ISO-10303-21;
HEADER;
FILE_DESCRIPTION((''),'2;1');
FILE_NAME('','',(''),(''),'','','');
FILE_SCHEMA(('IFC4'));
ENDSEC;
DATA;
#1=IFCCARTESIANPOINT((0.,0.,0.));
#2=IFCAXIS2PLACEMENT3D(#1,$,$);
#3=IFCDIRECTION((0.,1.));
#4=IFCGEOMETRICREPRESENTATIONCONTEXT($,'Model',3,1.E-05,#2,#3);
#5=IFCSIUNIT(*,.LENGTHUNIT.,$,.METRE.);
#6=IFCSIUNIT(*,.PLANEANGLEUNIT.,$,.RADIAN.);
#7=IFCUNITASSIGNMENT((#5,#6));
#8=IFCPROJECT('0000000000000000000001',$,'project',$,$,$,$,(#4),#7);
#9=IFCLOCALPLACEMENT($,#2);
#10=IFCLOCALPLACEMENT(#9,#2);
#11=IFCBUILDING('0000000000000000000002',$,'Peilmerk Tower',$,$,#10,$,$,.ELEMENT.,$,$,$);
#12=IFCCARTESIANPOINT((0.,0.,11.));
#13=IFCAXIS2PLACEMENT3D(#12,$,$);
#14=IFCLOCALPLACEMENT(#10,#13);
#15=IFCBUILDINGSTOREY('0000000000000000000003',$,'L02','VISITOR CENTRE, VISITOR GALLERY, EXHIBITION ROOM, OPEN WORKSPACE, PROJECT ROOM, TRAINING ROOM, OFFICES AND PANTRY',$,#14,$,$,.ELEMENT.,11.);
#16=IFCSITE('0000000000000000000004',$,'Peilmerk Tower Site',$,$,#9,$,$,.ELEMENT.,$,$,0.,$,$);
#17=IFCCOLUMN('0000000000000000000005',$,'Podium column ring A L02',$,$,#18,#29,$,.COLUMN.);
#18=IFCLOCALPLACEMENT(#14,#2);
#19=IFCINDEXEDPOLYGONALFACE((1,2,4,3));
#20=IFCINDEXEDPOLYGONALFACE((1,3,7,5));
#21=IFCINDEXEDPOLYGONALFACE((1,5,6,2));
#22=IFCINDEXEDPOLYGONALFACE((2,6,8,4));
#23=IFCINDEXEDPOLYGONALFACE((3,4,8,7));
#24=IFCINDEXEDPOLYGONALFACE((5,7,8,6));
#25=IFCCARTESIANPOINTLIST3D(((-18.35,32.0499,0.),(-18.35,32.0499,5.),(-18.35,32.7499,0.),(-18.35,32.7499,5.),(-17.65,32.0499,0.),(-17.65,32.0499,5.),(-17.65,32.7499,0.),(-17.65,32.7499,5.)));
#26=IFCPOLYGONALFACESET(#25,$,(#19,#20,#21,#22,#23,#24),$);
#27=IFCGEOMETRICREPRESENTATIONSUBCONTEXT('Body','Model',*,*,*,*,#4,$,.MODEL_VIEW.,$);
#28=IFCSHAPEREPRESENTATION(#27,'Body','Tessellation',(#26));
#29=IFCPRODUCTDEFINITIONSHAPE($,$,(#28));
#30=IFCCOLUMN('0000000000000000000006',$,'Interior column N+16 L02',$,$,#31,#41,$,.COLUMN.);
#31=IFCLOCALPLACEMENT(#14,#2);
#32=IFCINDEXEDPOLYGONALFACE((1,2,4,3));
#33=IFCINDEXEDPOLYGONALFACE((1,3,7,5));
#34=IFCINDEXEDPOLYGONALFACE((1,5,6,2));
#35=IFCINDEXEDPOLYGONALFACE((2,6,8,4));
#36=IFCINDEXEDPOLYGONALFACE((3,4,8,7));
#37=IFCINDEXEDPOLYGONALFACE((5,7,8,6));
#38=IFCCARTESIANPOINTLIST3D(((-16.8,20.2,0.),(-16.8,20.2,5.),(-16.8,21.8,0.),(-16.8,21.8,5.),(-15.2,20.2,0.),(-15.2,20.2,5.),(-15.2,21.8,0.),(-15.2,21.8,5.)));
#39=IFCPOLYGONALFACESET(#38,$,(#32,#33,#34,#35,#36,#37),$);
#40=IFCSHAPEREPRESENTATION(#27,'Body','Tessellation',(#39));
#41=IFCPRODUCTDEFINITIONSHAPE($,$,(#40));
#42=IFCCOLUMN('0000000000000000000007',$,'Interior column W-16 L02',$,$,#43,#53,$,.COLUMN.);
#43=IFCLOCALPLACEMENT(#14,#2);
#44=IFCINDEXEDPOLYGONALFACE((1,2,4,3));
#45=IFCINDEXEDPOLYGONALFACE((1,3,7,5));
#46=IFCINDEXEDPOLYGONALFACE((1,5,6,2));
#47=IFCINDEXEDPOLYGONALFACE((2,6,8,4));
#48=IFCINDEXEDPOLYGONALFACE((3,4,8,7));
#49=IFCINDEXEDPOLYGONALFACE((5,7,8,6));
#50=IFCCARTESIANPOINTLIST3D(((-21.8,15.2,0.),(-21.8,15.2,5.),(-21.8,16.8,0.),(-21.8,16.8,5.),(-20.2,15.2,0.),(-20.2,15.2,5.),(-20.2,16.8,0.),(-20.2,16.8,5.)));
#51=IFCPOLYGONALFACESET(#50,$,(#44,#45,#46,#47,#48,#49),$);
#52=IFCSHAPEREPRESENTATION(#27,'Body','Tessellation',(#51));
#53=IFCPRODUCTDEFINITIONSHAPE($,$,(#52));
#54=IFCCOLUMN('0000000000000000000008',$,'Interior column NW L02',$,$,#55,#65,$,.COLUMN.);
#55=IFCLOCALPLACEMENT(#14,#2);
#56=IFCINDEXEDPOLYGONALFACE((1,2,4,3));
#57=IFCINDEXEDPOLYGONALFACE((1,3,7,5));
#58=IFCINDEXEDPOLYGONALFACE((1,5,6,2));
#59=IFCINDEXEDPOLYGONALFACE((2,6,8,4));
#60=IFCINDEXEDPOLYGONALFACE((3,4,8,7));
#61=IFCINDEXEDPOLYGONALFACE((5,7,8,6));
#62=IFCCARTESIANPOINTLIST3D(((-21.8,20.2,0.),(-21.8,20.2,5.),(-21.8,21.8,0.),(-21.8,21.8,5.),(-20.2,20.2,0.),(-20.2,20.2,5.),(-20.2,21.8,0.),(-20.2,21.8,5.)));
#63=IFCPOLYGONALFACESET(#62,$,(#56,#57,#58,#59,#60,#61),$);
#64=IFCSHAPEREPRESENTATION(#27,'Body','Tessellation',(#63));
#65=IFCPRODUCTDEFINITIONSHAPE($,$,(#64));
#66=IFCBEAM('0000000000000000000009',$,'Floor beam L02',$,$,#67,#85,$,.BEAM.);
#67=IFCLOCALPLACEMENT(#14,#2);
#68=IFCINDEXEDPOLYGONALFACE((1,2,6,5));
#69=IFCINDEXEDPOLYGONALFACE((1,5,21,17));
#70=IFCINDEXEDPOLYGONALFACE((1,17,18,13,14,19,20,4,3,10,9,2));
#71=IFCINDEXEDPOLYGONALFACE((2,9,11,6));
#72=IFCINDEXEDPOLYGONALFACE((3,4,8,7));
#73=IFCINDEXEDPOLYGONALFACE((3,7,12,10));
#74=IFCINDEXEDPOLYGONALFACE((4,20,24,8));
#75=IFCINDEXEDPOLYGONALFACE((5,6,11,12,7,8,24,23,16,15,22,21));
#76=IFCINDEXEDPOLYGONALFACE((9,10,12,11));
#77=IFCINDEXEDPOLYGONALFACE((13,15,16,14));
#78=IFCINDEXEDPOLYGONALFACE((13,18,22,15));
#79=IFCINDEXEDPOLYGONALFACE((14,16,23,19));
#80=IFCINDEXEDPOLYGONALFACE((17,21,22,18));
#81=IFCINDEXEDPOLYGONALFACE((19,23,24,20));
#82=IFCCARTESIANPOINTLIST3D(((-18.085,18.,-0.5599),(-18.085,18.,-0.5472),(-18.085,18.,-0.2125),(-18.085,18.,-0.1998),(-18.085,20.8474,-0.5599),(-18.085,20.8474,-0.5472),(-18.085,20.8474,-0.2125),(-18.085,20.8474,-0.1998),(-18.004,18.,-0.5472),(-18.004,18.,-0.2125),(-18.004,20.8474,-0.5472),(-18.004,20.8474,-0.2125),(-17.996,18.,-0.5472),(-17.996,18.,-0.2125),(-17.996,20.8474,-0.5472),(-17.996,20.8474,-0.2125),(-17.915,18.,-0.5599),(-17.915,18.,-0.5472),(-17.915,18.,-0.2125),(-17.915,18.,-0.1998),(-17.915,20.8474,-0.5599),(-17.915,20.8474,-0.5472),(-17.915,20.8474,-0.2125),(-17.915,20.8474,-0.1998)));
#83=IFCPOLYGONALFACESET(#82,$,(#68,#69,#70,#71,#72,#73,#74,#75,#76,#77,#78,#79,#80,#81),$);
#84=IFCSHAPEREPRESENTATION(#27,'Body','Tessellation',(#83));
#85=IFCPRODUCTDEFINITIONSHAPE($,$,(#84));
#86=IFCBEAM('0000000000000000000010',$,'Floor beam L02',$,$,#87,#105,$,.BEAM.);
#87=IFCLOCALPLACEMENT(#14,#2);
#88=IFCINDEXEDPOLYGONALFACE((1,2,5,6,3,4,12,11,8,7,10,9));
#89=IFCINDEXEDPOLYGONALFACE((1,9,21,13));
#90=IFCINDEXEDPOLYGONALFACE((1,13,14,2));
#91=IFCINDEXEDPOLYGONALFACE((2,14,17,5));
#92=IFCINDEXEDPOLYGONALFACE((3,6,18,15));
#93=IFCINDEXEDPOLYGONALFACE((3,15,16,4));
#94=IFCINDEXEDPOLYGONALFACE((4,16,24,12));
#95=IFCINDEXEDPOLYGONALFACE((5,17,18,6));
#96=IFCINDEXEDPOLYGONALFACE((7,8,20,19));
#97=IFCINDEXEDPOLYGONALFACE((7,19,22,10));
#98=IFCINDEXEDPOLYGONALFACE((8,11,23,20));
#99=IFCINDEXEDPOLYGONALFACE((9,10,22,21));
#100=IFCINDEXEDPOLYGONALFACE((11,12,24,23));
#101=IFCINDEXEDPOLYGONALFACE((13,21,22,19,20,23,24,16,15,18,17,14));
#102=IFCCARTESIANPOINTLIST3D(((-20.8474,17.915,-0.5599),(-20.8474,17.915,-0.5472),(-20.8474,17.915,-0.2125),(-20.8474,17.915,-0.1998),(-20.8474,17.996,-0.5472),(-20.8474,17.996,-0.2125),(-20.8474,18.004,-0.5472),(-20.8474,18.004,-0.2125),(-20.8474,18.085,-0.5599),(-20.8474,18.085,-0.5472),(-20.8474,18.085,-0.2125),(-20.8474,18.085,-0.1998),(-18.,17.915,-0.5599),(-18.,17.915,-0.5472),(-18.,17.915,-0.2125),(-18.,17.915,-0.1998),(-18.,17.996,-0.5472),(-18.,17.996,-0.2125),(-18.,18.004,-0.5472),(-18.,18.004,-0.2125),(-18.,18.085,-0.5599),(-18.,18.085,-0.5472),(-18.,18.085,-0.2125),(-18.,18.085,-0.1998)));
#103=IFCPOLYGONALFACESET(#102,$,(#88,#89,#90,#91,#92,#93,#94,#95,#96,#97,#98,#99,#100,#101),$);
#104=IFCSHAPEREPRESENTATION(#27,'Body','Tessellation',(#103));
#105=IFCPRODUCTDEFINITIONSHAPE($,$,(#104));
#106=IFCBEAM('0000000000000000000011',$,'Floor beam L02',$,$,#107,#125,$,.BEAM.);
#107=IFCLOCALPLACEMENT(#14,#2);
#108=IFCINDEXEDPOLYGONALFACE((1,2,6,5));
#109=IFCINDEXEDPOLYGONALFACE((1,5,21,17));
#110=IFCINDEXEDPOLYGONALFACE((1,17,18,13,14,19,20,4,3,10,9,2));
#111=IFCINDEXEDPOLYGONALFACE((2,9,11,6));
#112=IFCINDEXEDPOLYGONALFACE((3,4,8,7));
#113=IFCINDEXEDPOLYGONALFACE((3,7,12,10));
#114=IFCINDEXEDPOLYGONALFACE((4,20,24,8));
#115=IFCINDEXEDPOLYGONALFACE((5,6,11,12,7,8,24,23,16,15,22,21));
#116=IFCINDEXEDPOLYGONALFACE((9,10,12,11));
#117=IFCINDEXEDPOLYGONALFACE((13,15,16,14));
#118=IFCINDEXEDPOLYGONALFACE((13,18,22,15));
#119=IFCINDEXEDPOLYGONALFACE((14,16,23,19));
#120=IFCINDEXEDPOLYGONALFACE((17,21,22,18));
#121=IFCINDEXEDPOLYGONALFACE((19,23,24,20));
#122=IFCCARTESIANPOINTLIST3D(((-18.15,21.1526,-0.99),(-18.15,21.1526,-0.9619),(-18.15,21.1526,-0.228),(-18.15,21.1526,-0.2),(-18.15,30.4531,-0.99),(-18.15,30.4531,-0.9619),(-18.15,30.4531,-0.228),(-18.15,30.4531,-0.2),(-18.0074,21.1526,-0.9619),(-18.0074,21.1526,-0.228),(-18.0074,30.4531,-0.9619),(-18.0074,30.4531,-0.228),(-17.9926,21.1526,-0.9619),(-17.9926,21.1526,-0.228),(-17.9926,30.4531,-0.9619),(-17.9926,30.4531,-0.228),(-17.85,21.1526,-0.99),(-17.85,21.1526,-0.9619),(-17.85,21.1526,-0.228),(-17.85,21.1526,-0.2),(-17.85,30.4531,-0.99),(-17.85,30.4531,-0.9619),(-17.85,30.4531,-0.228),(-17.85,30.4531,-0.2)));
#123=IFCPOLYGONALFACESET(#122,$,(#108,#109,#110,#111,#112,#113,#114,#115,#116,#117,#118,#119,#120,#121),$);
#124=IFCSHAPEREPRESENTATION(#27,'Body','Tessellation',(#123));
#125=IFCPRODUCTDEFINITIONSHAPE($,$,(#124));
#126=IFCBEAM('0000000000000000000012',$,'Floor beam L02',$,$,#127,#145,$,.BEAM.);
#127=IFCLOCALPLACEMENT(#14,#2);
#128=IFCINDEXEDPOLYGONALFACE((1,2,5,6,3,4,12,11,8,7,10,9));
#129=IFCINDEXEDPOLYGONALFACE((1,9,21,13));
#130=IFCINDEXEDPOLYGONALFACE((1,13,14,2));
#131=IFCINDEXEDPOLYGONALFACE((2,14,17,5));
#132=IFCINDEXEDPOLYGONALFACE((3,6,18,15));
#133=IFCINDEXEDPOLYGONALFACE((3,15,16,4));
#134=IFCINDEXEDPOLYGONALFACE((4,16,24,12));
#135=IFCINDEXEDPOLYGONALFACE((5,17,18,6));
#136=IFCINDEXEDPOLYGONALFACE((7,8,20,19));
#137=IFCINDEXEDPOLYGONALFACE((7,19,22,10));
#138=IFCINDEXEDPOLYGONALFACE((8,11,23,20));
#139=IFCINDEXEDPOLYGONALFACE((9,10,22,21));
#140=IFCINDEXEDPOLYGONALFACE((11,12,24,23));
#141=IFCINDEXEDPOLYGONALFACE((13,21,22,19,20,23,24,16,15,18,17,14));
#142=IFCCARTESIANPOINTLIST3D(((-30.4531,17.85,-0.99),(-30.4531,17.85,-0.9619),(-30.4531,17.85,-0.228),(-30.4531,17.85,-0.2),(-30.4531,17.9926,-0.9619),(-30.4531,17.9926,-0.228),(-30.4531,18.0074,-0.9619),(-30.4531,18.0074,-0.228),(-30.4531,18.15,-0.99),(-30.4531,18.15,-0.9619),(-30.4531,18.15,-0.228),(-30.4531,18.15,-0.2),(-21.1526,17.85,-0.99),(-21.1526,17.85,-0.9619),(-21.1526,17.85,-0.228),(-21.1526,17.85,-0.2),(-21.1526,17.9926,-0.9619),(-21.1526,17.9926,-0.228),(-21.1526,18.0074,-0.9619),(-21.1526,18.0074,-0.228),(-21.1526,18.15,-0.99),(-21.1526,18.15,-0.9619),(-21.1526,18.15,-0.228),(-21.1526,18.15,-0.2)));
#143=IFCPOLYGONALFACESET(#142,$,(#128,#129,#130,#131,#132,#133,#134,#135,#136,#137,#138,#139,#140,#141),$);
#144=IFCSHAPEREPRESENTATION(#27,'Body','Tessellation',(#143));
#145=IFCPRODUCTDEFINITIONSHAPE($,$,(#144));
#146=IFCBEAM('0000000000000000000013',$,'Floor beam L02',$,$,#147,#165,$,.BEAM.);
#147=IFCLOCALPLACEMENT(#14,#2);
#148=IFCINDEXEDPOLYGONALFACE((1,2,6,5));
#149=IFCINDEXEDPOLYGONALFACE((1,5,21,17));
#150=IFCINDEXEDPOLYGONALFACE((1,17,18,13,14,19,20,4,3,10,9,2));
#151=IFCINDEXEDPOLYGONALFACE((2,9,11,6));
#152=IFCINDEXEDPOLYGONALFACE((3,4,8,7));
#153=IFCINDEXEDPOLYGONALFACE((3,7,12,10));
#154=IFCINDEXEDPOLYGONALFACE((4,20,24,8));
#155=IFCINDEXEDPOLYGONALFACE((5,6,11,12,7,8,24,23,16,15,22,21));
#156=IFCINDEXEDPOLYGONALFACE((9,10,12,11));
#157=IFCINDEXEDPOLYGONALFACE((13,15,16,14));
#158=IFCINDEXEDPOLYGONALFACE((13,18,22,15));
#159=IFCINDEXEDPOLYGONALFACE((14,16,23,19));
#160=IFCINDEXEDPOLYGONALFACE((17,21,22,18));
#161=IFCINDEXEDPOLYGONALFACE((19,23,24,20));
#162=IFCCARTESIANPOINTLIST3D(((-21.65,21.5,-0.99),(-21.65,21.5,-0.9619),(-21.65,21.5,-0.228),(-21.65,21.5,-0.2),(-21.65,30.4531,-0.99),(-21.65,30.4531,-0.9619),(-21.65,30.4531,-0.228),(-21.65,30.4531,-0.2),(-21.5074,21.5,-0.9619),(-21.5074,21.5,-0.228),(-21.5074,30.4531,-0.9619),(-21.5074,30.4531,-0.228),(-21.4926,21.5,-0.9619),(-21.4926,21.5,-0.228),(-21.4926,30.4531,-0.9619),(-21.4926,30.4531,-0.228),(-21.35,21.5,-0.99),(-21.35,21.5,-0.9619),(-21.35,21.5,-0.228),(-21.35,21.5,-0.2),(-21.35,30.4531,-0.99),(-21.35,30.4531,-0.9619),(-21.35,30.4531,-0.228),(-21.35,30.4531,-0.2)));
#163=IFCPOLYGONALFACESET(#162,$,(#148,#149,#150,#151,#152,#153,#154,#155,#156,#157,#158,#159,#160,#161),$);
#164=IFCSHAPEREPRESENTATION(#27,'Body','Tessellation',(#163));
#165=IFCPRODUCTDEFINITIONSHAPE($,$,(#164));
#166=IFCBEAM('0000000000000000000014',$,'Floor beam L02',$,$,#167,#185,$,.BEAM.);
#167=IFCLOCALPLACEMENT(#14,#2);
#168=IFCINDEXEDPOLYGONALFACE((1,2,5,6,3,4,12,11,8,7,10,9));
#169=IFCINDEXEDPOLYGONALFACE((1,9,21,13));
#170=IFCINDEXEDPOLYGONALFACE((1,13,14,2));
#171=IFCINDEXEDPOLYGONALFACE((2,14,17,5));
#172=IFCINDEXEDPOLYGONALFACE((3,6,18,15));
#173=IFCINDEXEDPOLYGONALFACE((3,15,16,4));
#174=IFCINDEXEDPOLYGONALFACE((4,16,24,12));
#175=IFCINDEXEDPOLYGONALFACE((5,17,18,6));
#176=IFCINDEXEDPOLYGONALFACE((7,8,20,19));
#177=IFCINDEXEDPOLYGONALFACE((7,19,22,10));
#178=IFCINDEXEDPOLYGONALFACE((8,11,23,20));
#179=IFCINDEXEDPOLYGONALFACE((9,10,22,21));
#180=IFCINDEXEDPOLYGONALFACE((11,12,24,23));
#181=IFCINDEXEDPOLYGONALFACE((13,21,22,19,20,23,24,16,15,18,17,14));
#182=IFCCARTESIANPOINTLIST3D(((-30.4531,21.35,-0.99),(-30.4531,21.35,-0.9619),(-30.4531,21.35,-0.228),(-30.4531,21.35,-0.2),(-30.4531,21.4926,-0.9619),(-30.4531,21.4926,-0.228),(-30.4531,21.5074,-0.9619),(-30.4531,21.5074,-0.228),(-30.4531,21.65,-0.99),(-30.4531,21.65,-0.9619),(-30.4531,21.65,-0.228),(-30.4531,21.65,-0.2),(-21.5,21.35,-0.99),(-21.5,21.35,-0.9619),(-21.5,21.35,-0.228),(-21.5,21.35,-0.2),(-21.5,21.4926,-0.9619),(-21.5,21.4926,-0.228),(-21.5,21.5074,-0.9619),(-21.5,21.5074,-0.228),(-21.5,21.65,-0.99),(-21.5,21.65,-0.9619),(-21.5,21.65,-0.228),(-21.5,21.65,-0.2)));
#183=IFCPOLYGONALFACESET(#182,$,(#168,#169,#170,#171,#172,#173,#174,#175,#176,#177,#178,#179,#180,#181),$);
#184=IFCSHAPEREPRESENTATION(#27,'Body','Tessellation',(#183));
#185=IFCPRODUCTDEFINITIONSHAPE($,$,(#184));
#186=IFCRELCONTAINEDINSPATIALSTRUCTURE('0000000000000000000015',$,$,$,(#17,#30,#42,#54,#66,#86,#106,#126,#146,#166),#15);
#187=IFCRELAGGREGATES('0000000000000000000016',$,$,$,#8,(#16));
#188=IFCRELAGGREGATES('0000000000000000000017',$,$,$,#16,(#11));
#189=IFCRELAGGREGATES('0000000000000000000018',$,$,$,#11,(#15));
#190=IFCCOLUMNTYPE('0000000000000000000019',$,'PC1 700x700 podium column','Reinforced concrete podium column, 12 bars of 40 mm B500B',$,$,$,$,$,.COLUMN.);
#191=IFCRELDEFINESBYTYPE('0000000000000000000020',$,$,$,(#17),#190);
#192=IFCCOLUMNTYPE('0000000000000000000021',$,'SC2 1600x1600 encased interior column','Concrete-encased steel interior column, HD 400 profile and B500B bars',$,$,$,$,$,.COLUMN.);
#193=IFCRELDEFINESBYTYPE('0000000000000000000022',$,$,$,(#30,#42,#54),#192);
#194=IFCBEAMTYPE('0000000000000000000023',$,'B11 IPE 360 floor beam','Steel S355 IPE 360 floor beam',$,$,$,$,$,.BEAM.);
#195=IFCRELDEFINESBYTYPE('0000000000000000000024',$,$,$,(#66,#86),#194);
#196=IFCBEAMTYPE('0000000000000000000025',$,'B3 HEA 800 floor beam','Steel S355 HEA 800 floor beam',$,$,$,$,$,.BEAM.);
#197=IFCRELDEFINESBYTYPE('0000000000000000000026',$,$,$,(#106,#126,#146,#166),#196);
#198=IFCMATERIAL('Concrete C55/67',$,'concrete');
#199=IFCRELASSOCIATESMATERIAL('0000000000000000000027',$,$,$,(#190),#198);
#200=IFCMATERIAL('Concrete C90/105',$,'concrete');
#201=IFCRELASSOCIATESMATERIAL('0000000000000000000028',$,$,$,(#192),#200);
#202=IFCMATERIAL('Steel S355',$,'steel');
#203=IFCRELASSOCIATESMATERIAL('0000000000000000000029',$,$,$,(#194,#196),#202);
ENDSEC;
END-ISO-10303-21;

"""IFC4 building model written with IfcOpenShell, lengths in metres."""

from ifc_helpers import new_model, si_unit, direction, frame, origin, origin_2d, place, context, subcontext, project, spatial, rectangle, i_section, extrude, material, material_profile, profile_set, type_object, element, save


model = new_model("IFC4")

# Units and contexts
model_context = context("Model", 3, precision=1e-05, world=origin(), true_north=direction((0.0, 1.0)))
body_context = subcontext(model_context, "Body", "Model", "MODEL_VIEW")
ifc_project = project(units=[si_unit("LENGTHUNIT", "METRE"), si_unit("PLANEANGLEUNIT", "RADIAN")], contexts=[model_context])

# Site, building, storey
site_placement = place(None, origin())
site = spatial("IfcSite", under=ifc_project, at=site_placement, Name="Peilmerk Tower Site", CompositionType="ELEMENT", RefElevation=0.0)
building_placement = place(site_placement, origin())
building = spatial("IfcBuilding", under=site, at=building_placement, Name="Peilmerk Tower", CompositionType="ELEMENT")
storey_placement = place(building_placement, frame((0.0, 0.0, 11.0)))
storey = spatial("IfcBuildingStorey", under=building, at=storey_placement, Name="L02", Description="VISITOR CENTRE, VISITOR GALLERY, EXHIBITION ROOM, OPEN WORKSPACE, PROJECT ROOM, TRAINING ROOM, OFFICES AND PANTRY", CompositionType="ELEMENT", Elevation=11.0)

# Columns
ifc_material_1 = material(Name="Concrete C55/67", Category="concrete")
ifc_material_profile_1 = material_profile(ifc_material_1, rectangle(XDim=0.7, YDim=0.7, at=origin_2d()), Name="RC 700x700")
ifc_profile_set_1 = profile_set([ifc_material_profile_1], Name="Concrete C55/67")
column_type_1 = type_object("IfcColumnType", Name="PC1 700x700 podium column", Description="Reinforced concrete podium column, 12 bars of 40 mm B500B", PredefinedType="COLUMN", material=ifc_profile_set_1)
column_placement = place(storey_placement, frame((-18.0, 32.3999, 0.0), z_axis=(0.0, 0.0, 1.0), x_axis=(1.0, 0.0, 0.0)))
element("IfcColumn", 1, at=column_placement, inside=storey, type_object=column_type_1, Name="Podium column ring A L02", PredefinedType="COLUMN", context=body_context, shape_type="SweptSolid", body=[
    extrude(rectangle(XDim=0.7, YDim=0.7, at=origin_2d()), origin(), (0.0, 0.0, 1.0), 5.0),
])
ifc_material_2 = material(Name="Concrete C90/105", Category="concrete")
ifc_material_profile_2 = material_profile(ifc_material_2, rectangle(XDim=1.6001, YDim=1.6001, at=origin_2d()), Name="RC 1600x1600")
ifc_profile_set_2 = profile_set([ifc_material_profile_2], Name="Concrete C90/105")
column_type_2 = type_object("IfcColumnType", Name="SC2 1600x1600 encased interior column", Description="Concrete-encased steel interior column, HD 400 profile and B500B bars", PredefinedType="COLUMN", material=ifc_profile_set_2)
for number, where, z_axis, x_axis, name in (
    (2, (-16.0, 21.0, 0.0), (0.0, 0.0, 1.0), (1.0, 0.0, 0.0), "Interior column N+16 L02"),
    (3, (-21.0, 16.0, 0.0), (0.0, 0.0, 1.0), (1.0, 0.0, 0.0), "Interior column W-16 L02"),
    (4, (-21.0, 21.0, 0.0), (0.0, 0.0, 1.0), (1.0, 0.0, 0.0), "Interior column NW L02"),
):
    element("IfcColumn", number, at=place(storey_placement, frame(where, z_axis=z_axis, x_axis=x_axis)), inside=storey, type_object=column_type_2, Name=name, PredefinedType="COLUMN", context=body_context, shape_type="SweptSolid", body=[
        extrude(rectangle(XDim=1.6001, YDim=1.6001, at=origin_2d()), origin(), (0.0, 0.0, 1.0), 5.0),
    ])

# Beams
ifc_material_3 = material(Name="Steel S355", Category="steel")
ifc_material_profile_3 = material_profile(ifc_material_3, i_section(OverallWidth=0.1699, OverallDepth=0.3601, WebThickness=0.0081, FlangeThickness=0.0127, at=origin_2d()), Name="IPE 360")
ifc_profile_set_3 = profile_set([ifc_material_profile_3], Name="Steel S355")
beam_type_1 = type_object("IfcBeamType", Name="B11 IPE 360 floor beam", Description="Steel S355 IPE 360 floor beam", PredefinedType="BEAM", material=ifc_profile_set_3)
for number, where, z_axis, x_axis, name in (
    (5, (-18.0, 18.0, -0.3799), (0.0, 1.0, 0.0), (-1.0, 0.0, 0.0), "Floor beam L02"),
    (6, (-18.0, 18.0, -0.3799), (-1.0, 0.0, 0.0), (0.0, -1.0, 0.0), "Floor beam L02"),
):
    element("IfcBeam", number, at=place(storey_placement, frame(where, z_axis=z_axis, x_axis=x_axis)), inside=storey, type_object=beam_type_1, Name=name, PredefinedType="BEAM", context=body_context, shape_type="SweptSolid", body=[
        extrude(i_section(OverallWidth=0.1699, OverallDepth=0.3601, WebThickness=0.0081, FlangeThickness=0.0127, at=origin_2d()), origin(), (0.0, 0.0, 1.0), 2.8474),
    ])
ifc_material_profile_4 = material_profile(ifc_material_3, i_section(OverallWidth=0.3, OverallDepth=0.79, WebThickness=0.0149, FlangeThickness=0.0281, at=origin_2d()), Name="HEA 800")
ifc_profile_set_4 = profile_set([ifc_material_profile_4], Name="Steel S355")
beam_type_2 = type_object("IfcBeamType", Name="B3 HEA 800 floor beam", Description="Steel S355 HEA 800 floor beam", PredefinedType="BEAM", material=ifc_profile_set_4)
for number, where, z_axis, x_axis, name in (
    (7, (-18.0, 21.1526, -0.595), (0.0, 1.0, 0.0), (-1.0, 0.0, 0.0), "Floor beam L02"),
    (8, (-21.1526, 18.0, -0.595), (-1.0, 0.0, 0.0), (0.0, -1.0, 0.0), "Floor beam L02"),
):
    element("IfcBeam", number, at=place(storey_placement, frame(where, z_axis=z_axis, x_axis=x_axis)), inside=storey, type_object=beam_type_2, Name=name, PredefinedType="BEAM", context=body_context, shape_type="SweptSolid", body=[
        extrude(i_section(OverallWidth=0.3, OverallDepth=0.79, WebThickness=0.0149, FlangeThickness=0.0281, at=origin_2d()), origin(), (0.0, 0.0, 1.0), 9.3005),
    ])
for number, where, z_axis, x_axis, name in (
    (9, (-21.5, 21.5, -0.595), (0.0, 1.0, 0.0), (-1.0, 0.0, 0.0), "Floor beam L02"),
    (10, (-21.5, 21.5, -0.595), (-1.0, 0.0, 0.0), (0.0, -1.0, 0.0), "Floor beam L02"),
):
    element("IfcBeam", number, at=place(storey_placement, frame(where, z_axis=z_axis, x_axis=x_axis)), inside=storey, type_object=beam_type_2, Name=name, PredefinedType="BEAM", context=body_context, shape_type="SweptSolid", body=[
        extrude(i_section(OverallWidth=0.3, OverallDepth=0.79, WebThickness=0.0149, FlangeThickness=0.0281, at=origin_2d()), origin(), (0.0, 0.0, 1.0), 8.9531),
    ])

save(model, "model.ifc")
